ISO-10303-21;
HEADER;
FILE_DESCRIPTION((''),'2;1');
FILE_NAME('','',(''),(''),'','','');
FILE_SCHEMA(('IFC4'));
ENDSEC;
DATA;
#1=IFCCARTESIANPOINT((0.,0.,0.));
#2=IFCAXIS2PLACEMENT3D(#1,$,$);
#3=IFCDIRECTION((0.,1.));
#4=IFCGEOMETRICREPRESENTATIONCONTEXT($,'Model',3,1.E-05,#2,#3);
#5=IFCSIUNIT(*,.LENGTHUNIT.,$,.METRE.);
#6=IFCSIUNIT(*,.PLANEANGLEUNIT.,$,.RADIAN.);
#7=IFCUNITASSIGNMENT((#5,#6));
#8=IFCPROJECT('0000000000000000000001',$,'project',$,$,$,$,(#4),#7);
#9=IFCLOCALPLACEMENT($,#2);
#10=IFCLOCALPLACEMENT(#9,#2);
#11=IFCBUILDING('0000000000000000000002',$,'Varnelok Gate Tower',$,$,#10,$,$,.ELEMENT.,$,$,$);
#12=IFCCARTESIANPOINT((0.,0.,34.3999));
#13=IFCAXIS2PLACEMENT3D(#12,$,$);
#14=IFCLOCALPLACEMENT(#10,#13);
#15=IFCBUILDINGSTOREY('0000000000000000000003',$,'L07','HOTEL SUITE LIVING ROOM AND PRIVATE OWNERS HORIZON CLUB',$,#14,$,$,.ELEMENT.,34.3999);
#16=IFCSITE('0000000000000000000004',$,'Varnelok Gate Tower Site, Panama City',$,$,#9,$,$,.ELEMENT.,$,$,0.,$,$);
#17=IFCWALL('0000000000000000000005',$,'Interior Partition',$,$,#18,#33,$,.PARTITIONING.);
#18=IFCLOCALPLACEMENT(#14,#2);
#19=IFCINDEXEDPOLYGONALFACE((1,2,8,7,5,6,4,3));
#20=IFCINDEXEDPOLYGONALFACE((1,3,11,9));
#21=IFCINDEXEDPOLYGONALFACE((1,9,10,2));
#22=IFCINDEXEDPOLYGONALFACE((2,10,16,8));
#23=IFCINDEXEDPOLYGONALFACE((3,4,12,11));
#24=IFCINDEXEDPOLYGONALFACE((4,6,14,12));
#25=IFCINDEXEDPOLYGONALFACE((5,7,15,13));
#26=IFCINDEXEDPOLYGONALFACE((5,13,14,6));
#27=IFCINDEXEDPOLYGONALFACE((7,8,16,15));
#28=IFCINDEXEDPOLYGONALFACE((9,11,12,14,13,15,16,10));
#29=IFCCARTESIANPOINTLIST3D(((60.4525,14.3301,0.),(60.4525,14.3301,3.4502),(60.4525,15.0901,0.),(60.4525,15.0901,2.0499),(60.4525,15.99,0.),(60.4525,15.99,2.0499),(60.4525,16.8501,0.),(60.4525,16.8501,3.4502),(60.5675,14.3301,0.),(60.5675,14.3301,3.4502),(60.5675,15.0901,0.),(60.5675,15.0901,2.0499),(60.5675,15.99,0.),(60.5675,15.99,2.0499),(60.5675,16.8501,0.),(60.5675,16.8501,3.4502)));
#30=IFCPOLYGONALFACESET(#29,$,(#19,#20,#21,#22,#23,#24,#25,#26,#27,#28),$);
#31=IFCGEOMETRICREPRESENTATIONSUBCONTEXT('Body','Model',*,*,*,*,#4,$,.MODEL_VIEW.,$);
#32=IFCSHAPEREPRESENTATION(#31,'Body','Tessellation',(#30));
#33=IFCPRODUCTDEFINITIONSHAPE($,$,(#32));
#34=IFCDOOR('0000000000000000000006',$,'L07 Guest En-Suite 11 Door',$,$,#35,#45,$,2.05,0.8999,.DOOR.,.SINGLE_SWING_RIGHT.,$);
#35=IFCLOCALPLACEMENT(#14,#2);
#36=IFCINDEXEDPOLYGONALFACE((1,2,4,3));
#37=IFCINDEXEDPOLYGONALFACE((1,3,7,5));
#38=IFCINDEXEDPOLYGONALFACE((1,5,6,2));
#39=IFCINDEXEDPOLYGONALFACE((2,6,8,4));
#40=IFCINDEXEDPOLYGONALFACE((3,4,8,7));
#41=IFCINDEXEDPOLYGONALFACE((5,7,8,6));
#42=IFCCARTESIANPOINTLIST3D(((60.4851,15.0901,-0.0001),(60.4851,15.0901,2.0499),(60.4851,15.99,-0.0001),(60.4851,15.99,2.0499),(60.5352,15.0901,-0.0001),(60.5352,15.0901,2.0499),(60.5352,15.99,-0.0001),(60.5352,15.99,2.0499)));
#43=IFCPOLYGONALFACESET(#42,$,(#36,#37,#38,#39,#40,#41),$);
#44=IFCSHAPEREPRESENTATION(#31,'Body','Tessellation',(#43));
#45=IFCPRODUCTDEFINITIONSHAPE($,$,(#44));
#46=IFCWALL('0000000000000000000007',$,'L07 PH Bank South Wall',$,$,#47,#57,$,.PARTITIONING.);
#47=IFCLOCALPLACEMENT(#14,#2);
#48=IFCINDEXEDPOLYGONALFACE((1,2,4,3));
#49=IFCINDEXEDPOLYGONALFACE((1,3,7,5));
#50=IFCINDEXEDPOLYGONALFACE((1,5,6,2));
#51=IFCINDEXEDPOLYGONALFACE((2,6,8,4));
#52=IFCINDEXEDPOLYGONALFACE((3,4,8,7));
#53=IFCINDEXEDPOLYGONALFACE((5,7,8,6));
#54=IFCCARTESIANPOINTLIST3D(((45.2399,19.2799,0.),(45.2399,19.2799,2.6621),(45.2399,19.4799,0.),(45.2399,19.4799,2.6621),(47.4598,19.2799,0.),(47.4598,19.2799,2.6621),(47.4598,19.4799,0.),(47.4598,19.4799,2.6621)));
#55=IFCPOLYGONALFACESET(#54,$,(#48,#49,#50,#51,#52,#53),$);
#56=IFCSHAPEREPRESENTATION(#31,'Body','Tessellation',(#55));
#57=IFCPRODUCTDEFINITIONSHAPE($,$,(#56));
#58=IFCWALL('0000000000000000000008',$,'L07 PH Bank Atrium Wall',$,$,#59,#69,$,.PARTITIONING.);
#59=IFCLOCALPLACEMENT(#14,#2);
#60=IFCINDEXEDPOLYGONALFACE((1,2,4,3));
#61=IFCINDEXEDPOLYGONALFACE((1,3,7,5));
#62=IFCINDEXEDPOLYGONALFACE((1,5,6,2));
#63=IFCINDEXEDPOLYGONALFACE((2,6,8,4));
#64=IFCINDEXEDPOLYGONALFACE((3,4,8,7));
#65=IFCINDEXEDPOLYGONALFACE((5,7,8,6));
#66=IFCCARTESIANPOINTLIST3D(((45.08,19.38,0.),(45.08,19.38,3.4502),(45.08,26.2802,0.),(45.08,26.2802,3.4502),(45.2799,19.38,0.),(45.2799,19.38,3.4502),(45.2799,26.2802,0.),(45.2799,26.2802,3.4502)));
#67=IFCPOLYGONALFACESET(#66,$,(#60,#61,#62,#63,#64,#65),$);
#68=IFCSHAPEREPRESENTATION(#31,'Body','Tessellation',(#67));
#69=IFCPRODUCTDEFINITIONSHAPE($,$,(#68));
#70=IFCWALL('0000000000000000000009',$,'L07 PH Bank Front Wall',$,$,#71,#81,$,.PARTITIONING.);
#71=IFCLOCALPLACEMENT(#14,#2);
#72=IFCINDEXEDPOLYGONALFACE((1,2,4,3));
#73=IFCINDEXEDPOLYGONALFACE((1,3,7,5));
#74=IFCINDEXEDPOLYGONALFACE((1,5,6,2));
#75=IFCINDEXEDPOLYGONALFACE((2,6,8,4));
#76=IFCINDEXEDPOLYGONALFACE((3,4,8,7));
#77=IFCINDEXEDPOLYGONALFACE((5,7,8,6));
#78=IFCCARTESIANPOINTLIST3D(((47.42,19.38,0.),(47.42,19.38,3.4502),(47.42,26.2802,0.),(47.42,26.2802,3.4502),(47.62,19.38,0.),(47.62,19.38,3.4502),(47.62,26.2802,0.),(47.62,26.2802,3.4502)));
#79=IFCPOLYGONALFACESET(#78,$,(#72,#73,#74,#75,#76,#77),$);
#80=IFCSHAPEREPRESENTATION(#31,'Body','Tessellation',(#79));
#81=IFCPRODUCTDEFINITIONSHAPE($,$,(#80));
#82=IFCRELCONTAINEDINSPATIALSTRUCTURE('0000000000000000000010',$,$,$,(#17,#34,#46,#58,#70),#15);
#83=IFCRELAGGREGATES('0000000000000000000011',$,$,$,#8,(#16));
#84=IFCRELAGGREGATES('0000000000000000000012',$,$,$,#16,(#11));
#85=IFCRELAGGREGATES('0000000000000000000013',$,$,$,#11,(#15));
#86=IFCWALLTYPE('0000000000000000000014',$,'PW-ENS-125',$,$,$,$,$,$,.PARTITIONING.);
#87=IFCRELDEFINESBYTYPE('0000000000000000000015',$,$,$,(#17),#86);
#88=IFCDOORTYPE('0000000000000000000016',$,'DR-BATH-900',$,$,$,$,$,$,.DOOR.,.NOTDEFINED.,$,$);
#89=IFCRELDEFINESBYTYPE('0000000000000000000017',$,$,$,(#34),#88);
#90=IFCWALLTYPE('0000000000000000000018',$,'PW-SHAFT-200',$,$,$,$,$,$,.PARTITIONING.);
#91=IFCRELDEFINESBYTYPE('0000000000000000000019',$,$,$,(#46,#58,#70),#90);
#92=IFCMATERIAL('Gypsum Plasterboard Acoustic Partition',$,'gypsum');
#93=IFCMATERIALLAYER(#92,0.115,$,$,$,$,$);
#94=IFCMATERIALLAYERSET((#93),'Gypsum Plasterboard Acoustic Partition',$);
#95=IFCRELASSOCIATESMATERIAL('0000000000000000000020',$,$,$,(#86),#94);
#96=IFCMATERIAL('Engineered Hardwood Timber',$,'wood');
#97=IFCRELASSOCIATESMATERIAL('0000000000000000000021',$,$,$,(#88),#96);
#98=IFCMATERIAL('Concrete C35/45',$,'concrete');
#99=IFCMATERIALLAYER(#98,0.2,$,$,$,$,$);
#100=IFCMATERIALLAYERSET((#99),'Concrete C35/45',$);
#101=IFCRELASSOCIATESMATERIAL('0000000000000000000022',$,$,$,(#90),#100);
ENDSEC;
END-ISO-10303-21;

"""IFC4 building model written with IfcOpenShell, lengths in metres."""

from ifc_helpers import new_model, si_unit, direction, frame, frame_2d, origin, place, context, subcontext, project, spatial, rectangle, extrude, material, layer, layer_set, type_object, element, fill, save


model = new_model("IFC4")

# Units and contexts
model_context = context("Model", 3, precision=1e-05, world=origin(), true_north=direction((0.0, 1.0)))
body_context = subcontext(model_context, "Body", "Model", "MODEL_VIEW")
ifc_project = project(units=[si_unit("LENGTHUNIT", "METRE"), si_unit("PLANEANGLEUNIT", "RADIAN")], contexts=[model_context])

# Site, building, storey
site_placement = place(None, origin())
site = spatial("IfcSite", under=ifc_project, at=site_placement, Name="Varnelok Gate Tower Site, Panama City", CompositionType="ELEMENT", RefElevation=0.0)
building_placement = place(site_placement, origin())
building = spatial("IfcBuilding", under=site, at=building_placement, Name="Varnelok Gate Tower", CompositionType="ELEMENT")
storey_placement = place(building_placement, frame((0.0, 0.0, 34.3999)))
storey = spatial("IfcBuildingStorey", under=building, at=storey_placement, Name="L07", Description="HOTEL SUITE LIVING ROOM AND PRIVATE OWNERS HORIZON CLUB", CompositionType="ELEMENT", Elevation=34.3999)

# Shared definitions
ifc_material_1 = material(Name="Gypsum Plasterboard Acoustic Partition", Category="gypsum")
ifc_material_2 = material(Name="Engineered Hardwood Timber", Category="wood")

# Shared definitions
ifc_layer_1 = layer(ifc_material_1, 0.115)
ifc_layer_set_1 = layer_set([ifc_layer_1], Name="Gypsum Plasterboard Acoustic Partition")
wall_type_1 = type_object("IfcWallType", Name="PW-ENS-125", PredefinedType="PARTITIONING", material=ifc_layer_set_1)

# Shared definitions
door_type_1 = type_object("IfcDoorType", Name="DR-BATH-900", OperationType="NOTDEFINED", PredefinedType="DOOR", material=ifc_material_2)

# Wall, opening, door
wall_1_placement = place(storey_placement, frame((60.51, 14.3301, 0.0), z_axis=(0.0, 0.0, 1.0), x_axis=(0.0, 1.0, 0.0)))
wall_1 = element("IfcWall", 1, at=wall_1_placement, inside=storey, type_object=wall_type_1, Name="Interior Partition", PredefinedType="PARTITIONING", context=body_context, shape_type="SweptSolid", body=[
    extrude(rectangle(XDim=2.52, YDim=0.115, at=frame_2d((1.26, 0.0))), origin(), (0.0, 0.0, 1.0), 3.4502),
])
opening_1_placement = place(wall_1_placement, frame((0.76, 0.0, 0.0)))
opening_1 = element("IfcOpeningElement", 2, at=opening_1_placement, cuts=wall_1, PredefinedType="OPENING", context=body_context, shape_type="SweptSolid", body=[
    extrude(rectangle(XDim=0.8999, YDim=2.05, at=frame_2d((0.45, 1.0249))), frame((0.0, 0.0674, 0.0), z_axis=(0.0, -1.0, 0.0), x_axis=(1.0, 0.0, 0.0)), (0.0, 0.0, 1.0), 0.135),
])
door_1_placement = place(opening_1_placement, origin())
door_1 = element("IfcDoor", 3, at=door_1_placement, inside=storey, type_object=door_type_1, Name="L07 Guest En-Suite 11 Door", OperationType="SINGLE_SWING_RIGHT", OverallHeight=2.05, OverallWidth=0.8999, PredefinedType="DOOR", context=body_context, shape_type="SweptSolid", body=[
    extrude(rectangle(XDim=0.8999, YDim=2.05, at=frame_2d((0.45, 1.0249))), frame((0.0, 0.0249, 0.0), z_axis=(0.0, -1.0, 0.0), x_axis=(1.0, 0.0, 0.0)), (0.0, 0.0, 1.0), 0.05),
])
fill(opening_1, door_1)

# Walls
ifc_material_3 = material(Name="Concrete C35/45", Category="concrete")
ifc_layer_2 = layer(ifc_material_3, 0.2)
ifc_layer_set_2 = layer_set([ifc_layer_2], Name="Concrete C35/45")
wall_type_2 = type_object("IfcWallType", Name="PW-SHAFT-200", PredefinedType="PARTITIONING", material=ifc_layer_set_2)
wall_2_placement = place(storey_placement, frame((45.24, 19.3799, 0.0), z_axis=(0.0, 0.0, 1.0), x_axis=(1.0, 0.0, 0.0)))
element("IfcWall", 4, at=wall_2_placement, inside=storey, type_object=wall_type_2, Name="L07 PH Bank South Wall", PredefinedType="PARTITIONING", context=body_context, shape_type="SweptSolid", body=[
    extrude(rectangle(XDim=2.22, YDim=0.2, at=frame_2d((1.1099, 0.0))), origin(), (0.0, 0.0, 1.0), 2.6621),
])
for number, where, z_axis, x_axis, name in (
    (5, (45.1799, 19.3799, 0.0), (0.0, 0.0, 1.0), (0.0, 1.0, 0.0), "L07 PH Bank Atrium Wall"),
    (6, (47.52, 19.3799, 0.0), (0.0, 0.0, 1.0), (0.0, 1.0, 0.0), "L07 PH Bank Front Wall"),
):
    element("IfcWall", number, at=place(storey_placement, frame(where, z_axis=z_axis, x_axis=x_axis)), inside=storey, type_object=wall_type_2, Name=name, PredefinedType="PARTITIONING", context=body_context, shape_type="SweptSolid", body=[
        extrude(rectangle(XDim=6.9001, YDim=0.2, at=frame_2d((3.4502, 0.0))), origin(), (0.0, 0.0, 1.0), 3.4502),
    ])

save(model, "model.ifc")
